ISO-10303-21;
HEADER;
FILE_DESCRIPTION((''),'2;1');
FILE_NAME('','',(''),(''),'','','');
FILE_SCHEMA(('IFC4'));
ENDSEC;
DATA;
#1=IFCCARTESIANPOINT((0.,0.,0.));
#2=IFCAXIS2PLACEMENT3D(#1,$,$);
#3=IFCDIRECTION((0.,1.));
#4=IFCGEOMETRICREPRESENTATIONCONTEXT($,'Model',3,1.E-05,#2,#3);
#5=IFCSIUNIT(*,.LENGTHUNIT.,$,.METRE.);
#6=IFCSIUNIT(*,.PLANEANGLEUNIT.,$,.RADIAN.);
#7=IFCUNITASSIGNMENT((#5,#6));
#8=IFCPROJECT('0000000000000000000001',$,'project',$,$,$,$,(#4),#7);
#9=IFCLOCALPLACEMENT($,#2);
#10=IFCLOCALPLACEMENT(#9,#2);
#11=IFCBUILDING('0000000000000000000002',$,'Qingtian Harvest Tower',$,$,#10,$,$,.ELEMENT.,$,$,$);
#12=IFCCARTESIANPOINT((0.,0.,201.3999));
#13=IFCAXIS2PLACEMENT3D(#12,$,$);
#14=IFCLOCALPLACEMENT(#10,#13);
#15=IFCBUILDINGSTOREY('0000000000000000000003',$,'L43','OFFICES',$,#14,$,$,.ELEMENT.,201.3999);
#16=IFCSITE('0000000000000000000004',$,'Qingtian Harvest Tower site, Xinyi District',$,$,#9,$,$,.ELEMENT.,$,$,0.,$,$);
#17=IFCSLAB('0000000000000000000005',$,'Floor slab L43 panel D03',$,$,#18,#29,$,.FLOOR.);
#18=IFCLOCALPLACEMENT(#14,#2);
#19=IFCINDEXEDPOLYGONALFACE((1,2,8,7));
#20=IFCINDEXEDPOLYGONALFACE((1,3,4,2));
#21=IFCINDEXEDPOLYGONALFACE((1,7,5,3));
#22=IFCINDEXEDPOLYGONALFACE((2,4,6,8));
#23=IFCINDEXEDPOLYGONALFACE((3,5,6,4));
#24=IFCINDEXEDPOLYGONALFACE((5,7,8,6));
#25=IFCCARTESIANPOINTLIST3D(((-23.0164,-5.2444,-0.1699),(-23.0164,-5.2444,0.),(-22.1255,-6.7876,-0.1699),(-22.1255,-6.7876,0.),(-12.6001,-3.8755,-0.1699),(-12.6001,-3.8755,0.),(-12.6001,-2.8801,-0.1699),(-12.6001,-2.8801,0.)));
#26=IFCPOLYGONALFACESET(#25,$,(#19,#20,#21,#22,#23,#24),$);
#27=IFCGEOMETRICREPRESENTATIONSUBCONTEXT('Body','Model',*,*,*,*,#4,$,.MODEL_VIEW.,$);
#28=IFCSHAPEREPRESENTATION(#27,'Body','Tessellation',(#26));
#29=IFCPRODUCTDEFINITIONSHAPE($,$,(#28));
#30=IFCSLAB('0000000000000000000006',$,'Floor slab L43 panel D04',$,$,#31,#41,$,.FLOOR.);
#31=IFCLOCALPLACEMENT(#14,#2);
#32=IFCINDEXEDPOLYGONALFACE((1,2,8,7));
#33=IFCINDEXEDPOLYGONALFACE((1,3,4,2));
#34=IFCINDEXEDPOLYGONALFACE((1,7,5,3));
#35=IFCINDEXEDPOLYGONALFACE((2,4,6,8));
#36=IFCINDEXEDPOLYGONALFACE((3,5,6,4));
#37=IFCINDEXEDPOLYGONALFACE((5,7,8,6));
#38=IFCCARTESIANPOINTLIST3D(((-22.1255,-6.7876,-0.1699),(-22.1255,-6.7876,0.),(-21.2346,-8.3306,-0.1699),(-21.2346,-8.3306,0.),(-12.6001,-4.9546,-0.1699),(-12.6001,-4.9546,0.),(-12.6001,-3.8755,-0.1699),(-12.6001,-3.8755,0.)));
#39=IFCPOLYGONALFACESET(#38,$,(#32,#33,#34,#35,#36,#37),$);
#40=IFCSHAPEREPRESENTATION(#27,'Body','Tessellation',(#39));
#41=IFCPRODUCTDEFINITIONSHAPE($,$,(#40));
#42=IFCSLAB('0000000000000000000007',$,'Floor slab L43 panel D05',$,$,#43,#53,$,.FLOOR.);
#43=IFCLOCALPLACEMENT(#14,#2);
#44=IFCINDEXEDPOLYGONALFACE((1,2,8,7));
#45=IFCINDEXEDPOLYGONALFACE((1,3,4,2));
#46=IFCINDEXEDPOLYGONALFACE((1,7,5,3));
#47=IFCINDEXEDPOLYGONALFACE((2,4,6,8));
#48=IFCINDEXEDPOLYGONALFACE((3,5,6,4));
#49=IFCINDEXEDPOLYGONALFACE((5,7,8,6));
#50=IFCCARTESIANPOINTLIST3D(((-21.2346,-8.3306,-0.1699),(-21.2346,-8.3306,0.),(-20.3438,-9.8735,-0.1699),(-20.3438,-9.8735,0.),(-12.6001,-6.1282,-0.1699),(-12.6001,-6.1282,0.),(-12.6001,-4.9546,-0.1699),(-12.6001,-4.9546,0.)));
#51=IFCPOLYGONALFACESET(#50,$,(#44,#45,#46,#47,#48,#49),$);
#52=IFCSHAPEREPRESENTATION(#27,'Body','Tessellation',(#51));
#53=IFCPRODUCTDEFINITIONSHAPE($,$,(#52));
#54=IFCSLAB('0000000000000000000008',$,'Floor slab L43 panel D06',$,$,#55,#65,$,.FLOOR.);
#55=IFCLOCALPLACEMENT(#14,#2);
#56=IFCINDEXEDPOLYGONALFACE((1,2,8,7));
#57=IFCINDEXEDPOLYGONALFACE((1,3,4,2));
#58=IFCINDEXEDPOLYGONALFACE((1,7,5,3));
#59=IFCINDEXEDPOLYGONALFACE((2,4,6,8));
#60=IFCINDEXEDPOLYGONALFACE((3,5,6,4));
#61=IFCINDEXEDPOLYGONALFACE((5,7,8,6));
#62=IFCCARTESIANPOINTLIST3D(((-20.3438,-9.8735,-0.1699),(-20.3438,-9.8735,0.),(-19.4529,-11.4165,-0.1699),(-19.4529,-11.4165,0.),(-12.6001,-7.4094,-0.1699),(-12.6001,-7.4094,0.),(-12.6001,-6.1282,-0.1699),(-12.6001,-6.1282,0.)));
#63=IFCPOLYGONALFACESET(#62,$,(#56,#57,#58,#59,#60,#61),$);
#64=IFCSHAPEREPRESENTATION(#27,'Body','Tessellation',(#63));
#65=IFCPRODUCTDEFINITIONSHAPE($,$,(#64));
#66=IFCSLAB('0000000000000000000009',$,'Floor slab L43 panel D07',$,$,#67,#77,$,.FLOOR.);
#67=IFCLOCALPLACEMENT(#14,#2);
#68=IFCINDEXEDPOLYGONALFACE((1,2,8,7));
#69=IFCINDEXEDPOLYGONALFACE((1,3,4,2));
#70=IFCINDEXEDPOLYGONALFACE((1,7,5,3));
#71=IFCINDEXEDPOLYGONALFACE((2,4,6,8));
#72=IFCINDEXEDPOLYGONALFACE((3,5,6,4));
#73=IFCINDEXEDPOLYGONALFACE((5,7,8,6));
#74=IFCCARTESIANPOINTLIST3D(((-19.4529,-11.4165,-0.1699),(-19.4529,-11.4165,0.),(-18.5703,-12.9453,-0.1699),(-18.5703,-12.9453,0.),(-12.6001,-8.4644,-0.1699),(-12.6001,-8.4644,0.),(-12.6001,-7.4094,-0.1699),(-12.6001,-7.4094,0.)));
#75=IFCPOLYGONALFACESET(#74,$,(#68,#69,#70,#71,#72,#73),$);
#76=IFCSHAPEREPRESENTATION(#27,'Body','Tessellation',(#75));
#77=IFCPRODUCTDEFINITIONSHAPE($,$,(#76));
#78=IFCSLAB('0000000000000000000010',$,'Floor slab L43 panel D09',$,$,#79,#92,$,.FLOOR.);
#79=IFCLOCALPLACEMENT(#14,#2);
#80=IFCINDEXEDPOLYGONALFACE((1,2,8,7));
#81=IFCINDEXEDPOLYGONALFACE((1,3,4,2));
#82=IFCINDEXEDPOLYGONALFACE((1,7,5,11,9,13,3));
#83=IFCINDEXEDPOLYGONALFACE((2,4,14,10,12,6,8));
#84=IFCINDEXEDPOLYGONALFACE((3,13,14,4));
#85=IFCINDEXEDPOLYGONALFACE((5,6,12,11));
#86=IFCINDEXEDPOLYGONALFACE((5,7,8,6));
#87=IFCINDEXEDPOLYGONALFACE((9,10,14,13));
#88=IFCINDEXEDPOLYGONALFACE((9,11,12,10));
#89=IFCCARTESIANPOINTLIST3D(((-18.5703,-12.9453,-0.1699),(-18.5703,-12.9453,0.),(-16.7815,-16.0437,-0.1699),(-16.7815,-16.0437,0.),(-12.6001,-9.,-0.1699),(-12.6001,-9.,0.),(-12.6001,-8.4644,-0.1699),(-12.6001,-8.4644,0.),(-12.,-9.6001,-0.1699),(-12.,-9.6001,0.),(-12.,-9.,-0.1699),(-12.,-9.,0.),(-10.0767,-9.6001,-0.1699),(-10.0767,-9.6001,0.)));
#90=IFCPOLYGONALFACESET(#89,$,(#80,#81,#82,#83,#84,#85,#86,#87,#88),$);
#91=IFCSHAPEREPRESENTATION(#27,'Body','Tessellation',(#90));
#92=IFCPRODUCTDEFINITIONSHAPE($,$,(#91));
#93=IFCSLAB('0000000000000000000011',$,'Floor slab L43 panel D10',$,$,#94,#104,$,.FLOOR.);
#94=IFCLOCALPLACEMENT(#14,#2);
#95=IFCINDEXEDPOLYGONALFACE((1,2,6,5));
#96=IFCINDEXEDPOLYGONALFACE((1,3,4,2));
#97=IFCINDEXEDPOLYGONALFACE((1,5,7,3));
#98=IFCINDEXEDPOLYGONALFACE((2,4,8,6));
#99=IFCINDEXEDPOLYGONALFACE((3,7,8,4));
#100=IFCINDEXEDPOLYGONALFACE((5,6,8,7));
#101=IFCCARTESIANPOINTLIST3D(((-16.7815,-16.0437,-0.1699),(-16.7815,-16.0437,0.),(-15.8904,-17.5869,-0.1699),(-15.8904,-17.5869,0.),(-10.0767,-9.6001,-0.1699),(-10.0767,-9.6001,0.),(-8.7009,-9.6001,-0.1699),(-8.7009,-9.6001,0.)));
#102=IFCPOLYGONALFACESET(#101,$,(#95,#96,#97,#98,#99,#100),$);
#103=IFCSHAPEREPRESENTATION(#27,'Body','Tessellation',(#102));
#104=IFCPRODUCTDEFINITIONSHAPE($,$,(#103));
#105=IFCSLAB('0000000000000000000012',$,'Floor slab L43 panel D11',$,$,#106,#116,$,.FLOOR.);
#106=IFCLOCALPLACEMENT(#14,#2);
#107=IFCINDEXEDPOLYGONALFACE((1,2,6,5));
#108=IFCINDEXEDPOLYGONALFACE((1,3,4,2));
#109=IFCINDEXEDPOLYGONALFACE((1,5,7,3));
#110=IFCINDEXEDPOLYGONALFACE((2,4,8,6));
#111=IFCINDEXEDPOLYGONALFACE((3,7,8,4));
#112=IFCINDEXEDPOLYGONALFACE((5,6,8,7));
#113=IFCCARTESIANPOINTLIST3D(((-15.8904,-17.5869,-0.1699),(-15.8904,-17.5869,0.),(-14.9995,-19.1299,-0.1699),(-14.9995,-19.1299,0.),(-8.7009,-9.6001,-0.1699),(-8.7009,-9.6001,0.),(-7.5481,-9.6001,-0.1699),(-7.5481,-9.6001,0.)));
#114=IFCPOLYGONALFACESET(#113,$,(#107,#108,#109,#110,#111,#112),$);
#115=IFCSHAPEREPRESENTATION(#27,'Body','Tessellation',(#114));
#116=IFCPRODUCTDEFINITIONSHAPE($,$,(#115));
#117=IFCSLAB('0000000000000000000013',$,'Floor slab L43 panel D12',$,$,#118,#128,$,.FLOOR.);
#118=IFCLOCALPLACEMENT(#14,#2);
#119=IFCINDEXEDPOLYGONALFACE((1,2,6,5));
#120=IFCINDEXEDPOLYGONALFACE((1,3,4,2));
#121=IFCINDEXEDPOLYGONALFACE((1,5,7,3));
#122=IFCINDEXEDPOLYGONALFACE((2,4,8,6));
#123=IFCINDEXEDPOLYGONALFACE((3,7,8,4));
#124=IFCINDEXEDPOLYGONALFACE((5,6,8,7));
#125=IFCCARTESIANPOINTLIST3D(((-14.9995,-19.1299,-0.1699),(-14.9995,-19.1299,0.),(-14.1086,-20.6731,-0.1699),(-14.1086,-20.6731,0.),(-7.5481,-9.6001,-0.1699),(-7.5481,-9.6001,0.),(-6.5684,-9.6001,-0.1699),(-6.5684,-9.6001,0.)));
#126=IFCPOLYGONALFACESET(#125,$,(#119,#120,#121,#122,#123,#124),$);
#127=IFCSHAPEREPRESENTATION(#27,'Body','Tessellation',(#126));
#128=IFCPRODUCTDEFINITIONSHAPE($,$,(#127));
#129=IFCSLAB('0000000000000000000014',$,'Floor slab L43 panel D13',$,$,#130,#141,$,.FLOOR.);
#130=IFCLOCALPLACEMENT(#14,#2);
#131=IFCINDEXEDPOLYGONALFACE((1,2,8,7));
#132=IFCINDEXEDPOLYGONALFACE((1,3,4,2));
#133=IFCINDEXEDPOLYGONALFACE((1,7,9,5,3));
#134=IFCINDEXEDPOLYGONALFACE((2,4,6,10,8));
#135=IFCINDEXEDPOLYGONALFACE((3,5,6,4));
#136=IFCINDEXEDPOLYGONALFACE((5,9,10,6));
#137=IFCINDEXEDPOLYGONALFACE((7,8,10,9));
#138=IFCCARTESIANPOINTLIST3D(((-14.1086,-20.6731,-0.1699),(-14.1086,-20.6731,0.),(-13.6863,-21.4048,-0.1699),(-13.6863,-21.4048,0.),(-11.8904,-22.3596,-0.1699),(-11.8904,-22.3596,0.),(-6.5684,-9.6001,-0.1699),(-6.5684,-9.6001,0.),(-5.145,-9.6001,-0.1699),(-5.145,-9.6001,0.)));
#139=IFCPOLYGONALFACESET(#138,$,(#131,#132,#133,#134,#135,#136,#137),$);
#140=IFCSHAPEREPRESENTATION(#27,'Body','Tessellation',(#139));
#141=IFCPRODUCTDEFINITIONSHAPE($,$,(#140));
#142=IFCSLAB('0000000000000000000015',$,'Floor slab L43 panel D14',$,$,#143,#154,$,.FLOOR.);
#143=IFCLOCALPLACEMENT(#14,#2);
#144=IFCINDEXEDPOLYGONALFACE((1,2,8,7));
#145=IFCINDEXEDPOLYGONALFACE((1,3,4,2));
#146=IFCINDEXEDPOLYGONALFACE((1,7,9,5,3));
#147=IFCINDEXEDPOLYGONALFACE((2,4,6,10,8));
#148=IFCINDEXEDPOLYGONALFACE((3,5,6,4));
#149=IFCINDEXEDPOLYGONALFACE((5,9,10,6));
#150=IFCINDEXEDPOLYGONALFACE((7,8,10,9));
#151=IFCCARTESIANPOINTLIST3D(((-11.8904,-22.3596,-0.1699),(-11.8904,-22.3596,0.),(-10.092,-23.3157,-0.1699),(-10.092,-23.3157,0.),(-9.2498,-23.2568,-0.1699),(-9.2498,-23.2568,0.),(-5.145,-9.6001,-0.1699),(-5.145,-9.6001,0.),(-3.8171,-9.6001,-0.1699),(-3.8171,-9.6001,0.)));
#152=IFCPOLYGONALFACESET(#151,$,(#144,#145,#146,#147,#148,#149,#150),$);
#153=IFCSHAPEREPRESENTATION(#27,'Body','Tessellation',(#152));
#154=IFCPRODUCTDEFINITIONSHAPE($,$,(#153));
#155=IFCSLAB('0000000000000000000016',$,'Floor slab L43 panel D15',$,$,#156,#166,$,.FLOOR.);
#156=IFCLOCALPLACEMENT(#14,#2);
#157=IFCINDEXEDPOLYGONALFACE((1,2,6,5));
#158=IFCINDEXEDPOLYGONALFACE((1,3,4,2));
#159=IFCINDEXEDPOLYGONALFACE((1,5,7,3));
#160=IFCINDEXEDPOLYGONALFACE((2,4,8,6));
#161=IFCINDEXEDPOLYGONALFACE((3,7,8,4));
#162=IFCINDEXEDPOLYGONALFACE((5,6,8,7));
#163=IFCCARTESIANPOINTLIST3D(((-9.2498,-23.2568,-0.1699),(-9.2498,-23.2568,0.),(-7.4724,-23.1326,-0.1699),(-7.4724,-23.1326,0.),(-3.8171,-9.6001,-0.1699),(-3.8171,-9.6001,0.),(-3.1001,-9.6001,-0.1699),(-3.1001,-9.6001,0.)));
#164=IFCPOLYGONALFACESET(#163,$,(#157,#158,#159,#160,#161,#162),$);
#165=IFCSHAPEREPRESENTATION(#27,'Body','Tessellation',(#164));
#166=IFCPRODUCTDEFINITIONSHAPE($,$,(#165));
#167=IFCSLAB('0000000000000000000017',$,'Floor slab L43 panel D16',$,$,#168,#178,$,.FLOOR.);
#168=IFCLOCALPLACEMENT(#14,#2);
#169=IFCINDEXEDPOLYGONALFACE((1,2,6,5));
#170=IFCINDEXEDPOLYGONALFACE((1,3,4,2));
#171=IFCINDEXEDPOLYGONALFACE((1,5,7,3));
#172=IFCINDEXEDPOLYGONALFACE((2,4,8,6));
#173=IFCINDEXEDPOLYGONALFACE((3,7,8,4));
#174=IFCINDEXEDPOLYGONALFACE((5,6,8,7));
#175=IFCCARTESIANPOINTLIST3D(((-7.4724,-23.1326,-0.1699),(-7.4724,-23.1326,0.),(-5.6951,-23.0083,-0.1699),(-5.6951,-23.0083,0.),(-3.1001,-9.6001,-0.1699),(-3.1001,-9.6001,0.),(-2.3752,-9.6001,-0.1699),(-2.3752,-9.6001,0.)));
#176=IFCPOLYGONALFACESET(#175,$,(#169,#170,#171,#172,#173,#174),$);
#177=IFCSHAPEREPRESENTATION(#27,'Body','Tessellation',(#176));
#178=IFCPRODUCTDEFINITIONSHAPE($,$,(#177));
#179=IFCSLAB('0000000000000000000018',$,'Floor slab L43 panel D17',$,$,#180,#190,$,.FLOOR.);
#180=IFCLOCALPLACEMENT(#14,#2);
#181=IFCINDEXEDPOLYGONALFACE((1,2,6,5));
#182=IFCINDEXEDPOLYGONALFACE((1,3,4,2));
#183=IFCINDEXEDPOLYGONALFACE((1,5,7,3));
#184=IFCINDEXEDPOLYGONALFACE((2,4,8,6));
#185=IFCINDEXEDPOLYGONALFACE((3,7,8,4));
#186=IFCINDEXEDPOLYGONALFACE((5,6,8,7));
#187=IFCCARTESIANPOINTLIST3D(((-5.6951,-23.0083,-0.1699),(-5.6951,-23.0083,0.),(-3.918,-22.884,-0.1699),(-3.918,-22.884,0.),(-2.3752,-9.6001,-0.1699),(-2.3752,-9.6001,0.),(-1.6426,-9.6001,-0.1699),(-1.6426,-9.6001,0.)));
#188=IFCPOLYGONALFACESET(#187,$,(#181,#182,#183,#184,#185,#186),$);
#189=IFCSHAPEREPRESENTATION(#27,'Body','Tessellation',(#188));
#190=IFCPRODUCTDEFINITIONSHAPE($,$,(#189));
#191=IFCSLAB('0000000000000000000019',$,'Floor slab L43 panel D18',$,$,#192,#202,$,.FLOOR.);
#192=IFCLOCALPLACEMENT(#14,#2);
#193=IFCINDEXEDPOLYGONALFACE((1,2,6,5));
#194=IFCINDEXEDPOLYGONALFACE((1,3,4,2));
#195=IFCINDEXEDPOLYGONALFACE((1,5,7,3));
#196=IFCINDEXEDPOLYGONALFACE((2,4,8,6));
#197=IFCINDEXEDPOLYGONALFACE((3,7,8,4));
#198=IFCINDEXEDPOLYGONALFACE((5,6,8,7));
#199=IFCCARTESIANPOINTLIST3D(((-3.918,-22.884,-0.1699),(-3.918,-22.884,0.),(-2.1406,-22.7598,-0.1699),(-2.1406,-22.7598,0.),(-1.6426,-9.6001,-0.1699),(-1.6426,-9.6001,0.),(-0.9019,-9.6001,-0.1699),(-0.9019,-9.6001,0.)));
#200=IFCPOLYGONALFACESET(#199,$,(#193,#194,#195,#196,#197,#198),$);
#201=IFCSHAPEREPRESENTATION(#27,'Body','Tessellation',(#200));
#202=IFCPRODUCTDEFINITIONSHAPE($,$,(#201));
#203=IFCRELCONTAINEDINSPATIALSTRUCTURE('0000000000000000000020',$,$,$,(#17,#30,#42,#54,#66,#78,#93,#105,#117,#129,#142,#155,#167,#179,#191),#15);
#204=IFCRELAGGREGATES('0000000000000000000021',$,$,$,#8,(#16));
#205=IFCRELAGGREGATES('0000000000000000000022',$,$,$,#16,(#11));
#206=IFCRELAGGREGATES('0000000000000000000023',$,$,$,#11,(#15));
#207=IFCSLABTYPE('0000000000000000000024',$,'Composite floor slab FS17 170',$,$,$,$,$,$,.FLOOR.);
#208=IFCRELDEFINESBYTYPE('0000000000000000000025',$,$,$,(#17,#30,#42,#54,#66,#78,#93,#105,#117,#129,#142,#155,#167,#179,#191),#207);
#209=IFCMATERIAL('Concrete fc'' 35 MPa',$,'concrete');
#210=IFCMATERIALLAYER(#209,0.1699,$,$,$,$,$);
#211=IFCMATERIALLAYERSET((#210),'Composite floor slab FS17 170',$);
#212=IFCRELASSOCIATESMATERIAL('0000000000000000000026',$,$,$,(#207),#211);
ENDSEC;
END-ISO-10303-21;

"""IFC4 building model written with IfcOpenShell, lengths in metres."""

from ifc_helpers import new_model, si_unit, direction, frame, origin, place, context, subcontext, project, spatial, polyline, outline, extrude, material, layer, layer_set, type_object, element, save


model = new_model("IFC4")

# Units and contexts
model_context = context("Model", 3, precision=1e-05, world=origin(), true_north=direction((0.0, 1.0)))
body_context = subcontext(model_context, "Body", "Model", "MODEL_VIEW")
ifc_project = project(units=[si_unit("LENGTHUNIT", "METRE"), si_unit("PLANEANGLEUNIT", "RADIAN")], contexts=[model_context])

# Site, building, storey
site_placement = place(None, origin())
site = spatial("IfcSite", under=ifc_project, at=site_placement, Name="Qingtian Harvest Tower site, Xinyi District", CompositionType="ELEMENT", RefElevation=0.0)
building_placement = place(site_placement, origin())
building = spatial("IfcBuilding", under=site, at=building_placement, Name="Qingtian Harvest Tower", CompositionType="ELEMENT")
storey_placement = place(building_placement, frame((0.0, 0.0, 201.3999)))
storey = spatial("IfcBuildingStorey", under=building, at=storey_placement, Name="L43", Description="OFFICES", CompositionType="ELEMENT", Elevation=201.3999)

# Slabs
ifc_material = material(Name="Concrete fc' 35 MPa", Category="concrete")
ifc_layer = layer(ifc_material, 0.1699)
ifc_layer_set = layer_set([ifc_layer], Name="Composite floor slab FS17 170")
slab_type = type_object("IfcSlabType", Name="Composite floor slab FS17 170", PredefinedType="FLOOR", material=ifc_layer_set)
slab_1_placement = place(storey_placement, frame((0.0, 0.0, -0.1699)))
element("IfcSlab", 1, at=slab_1_placement, inside=storey, type_object=slab_type, Name="Floor slab L43 panel D03", PredefinedType="FLOOR", context=body_context, shape_type="SweptSolid", body=[
    extrude(outline(polyline([(-12.6001, -3.8755), (-22.1255, -6.7876), (-23.0164, -5.2444), (-12.6001, -2.8801), (-12.6001, -3.8755)])), origin(), (0.0, 0.0, 1.0), 0.1699),
])
slab_2_placement = place(storey_placement, frame((0.0, 0.0, -0.1699)))
element("IfcSlab", 2, at=slab_2_placement, inside=storey, type_object=slab_type, Name="Floor slab L43 panel D04", PredefinedType="FLOOR", context=body_context, shape_type="SweptSolid", body=[
    extrude(outline(polyline([(-12.6001, -4.9546), (-21.2346, -8.3306), (-22.1255, -6.7876), (-12.6001, -3.8755), (-12.6001, -4.9546)])), origin(), (0.0, 0.0, 1.0), 0.1699),
])
slab_3_placement = place(storey_placement, frame((0.0, 0.0, -0.1699)))
element("IfcSlab", 3, at=slab_3_placement, inside=storey, type_object=slab_type, Name="Floor slab L43 panel D05", PredefinedType="FLOOR", context=body_context, shape_type="SweptSolid", body=[
    extrude(outline(polyline([(-12.6001, -6.1282), (-20.3438, -9.8735), (-21.2346, -8.3306), (-12.6001, -4.9546), (-12.6001, -6.1282)])), origin(), (0.0, 0.0, 1.0), 0.1699),
])
slab_4_placement = place(storey_placement, frame((0.0, 0.0, -0.1699)))
element("IfcSlab", 4, at=slab_4_placement, inside=storey, type_object=slab_type, Name="Floor slab L43 panel D06", PredefinedType="FLOOR", context=body_context, shape_type="SweptSolid", body=[
    extrude(outline(polyline([(-12.6001, -7.4094), (-19.4529, -11.4165), (-20.3438, -9.8735), (-12.6001, -6.1282), (-12.6001, -7.4094)])), origin(), (0.0, 0.0, 1.0), 0.1699),
])
slab_5_placement = place(storey_placement, frame((0.0, 0.0, -0.1699)))
element("IfcSlab", 5, at=slab_5_placement, inside=storey, type_object=slab_type, Name="Floor slab L43 panel D07", PredefinedType="FLOOR", context=body_context, shape_type="SweptSolid", body=[
    extrude(outline(polyline([(-12.6001, -8.4644), (-18.5703, -12.9453), (-19.4529, -11.4165), (-12.6001, -7.4094), (-12.6001, -8.4644)])), origin(), (0.0, 0.0, 1.0), 0.1699),
])
slab_6_placement = place(storey_placement, frame((0.0, 0.0, -0.1699)))
element("IfcSlab", 6, at=slab_6_placement, inside=storey, type_object=slab_type, Name="Floor slab L43 panel D09", PredefinedType="FLOOR", context=body_context, shape_type="SweptSolid", body=[
    extrude(outline(polyline([(-16.7815, -16.0437), (-18.5703, -12.9453), (-12.6001, -8.4644), (-12.6001, -9.0), (-12.0, -9.0), (-12.0, -9.6001), (-10.0767, -9.6001), (-16.7815, -16.0437)])), origin(), (0.0, 0.0, 1.0), 0.1699),
])
slab_7_placement = place(storey_placement, frame((0.0, 0.0, -0.1699)))
element("IfcSlab", 7, at=slab_7_placement, inside=storey, type_object=slab_type, Name="Floor slab L43 panel D10", PredefinedType="FLOOR", context=body_context, shape_type="SweptSolid", body=[
    extrude(outline(polyline([(-8.7009, -9.6001), (-15.8904, -17.5869), (-16.7815, -16.0437), (-10.0767, -9.6001), (-8.7009, -9.6001)])), origin(), (0.0, 0.0, 1.0), 0.1699),
])
slab_8_placement = place(storey_placement, frame((0.0, 0.0, -0.1699)))
element("IfcSlab", 8, at=slab_8_placement, inside=storey, type_object=slab_type, Name="Floor slab L43 panel D11", PredefinedType="FLOOR", context=body_context, shape_type="SweptSolid", body=[
    extrude(outline(polyline([(-7.5481, -9.6001), (-14.9995, -19.1299), (-15.8904, -17.5869), (-8.7009, -9.6001), (-7.5481, -9.6001)])), origin(), (0.0, 0.0, 1.0), 0.1699),
])
slab_9_placement = place(storey_placement, frame((0.0, 0.0, -0.1699)))
element("IfcSlab", 9, at=slab_9_placement, inside=storey, type_object=slab_type, Name="Floor slab L43 panel D12", PredefinedType="FLOOR", context=body_context, shape_type="SweptSolid", body=[
    extrude(outline(polyline([(-6.5684, -9.6001), (-14.1086, -20.6731), (-14.9995, -19.1299), (-7.5481, -9.6001), (-6.5684, -9.6001)])), origin(), (0.0, 0.0, 1.0), 0.1699),
])
slab_10_placement = place(storey_placement, frame((0.0, 0.0, -0.1699)))
element("IfcSlab", 10, at=slab_10_placement, inside=storey, type_object=slab_type, Name="Floor slab L43 panel D13", PredefinedType="FLOOR", context=body_context, shape_type="SweptSolid", body=[
    extrude(outline(polyline([(-6.5684, -9.6001), (-5.145, -9.6001), (-11.8904, -22.3596), (-13.6863, -21.4048), (-14.1086, -20.6731), (-6.5684, -9.6001)])), origin(), (0.0, 0.0, 1.0), 0.1699),
])
slab_11_placement = place(storey_placement, frame((0.0, 0.0, -0.1699)))
element("IfcSlab", 11, at=slab_11_placement, inside=storey, type_object=slab_type, Name="Floor slab L43 panel D14", PredefinedType="FLOOR", context=body_context, shape_type="SweptSolid", body=[
    extrude(outline(polyline([(-5.145, -9.6001), (-3.8171, -9.6001), (-9.2498, -23.2568), (-10.092, -23.3157), (-11.8904, -22.3596), (-5.145, -9.6001)])), origin(), (0.0, 0.0, 1.0), 0.1699),
])
slab_12_placement = place(storey_placement, frame((0.0, 0.0, -0.1699)))
element("IfcSlab", 12, at=slab_12_placement, inside=storey, type_object=slab_type, Name="Floor slab L43 panel D15", PredefinedType="FLOOR", context=body_context, shape_type="SweptSolid", body=[
    extrude(outline(polyline([(-3.1001, -9.6001), (-7.4724, -23.1326), (-9.2498, -23.2568), (-3.8171, -9.6001), (-3.1001, -9.6001)])), origin(), (0.0, 0.0, 1.0), 0.1699),
])
slab_13_placement = place(storey_placement, frame((0.0, 0.0, -0.1699)))
element("IfcSlab", 13, at=slab_13_placement, inside=storey, type_object=slab_type, Name="Floor slab L43 panel D16", PredefinedType="FLOOR", context=body_context, shape_type="SweptSolid", body=[
    extrude(outline(polyline([(-2.3752, -9.6001), (-5.6951, -23.0083), (-7.4724, -23.1326), (-3.1001, -9.6001), (-2.3752, -9.6001)])), origin(), (0.0, 0.0, 1.0), 0.1699),
])
slab_14_placement = place(storey_placement, frame((0.0, 0.0, -0.1699)))
element("IfcSlab", 14, at=slab_14_placement, inside=storey, type_object=slab_type, Name="Floor slab L43 panel D17", PredefinedType="FLOOR", context=body_context, shape_type="SweptSolid", body=[
    extrude(outline(polyline([(-1.6426, -9.6001), (-3.918, -22.884), (-5.6951, -23.0083), (-2.3752, -9.6001), (-1.6426, -9.6001)])), origin(), (0.0, 0.0, 1.0), 0.1699),
])
slab_15_placement = place(storey_placement, frame((0.0, 0.0, -0.1699)))
element("IfcSlab", 15, at=slab_15_placement, inside=storey, type_object=slab_type, Name="Floor slab L43 panel D18", PredefinedType="FLOOR", context=body_context, shape_type="SweptSolid", body=[
    extrude(outline(polyline([(-0.9019, -9.6001), (-2.1406, -22.7598), (-3.918, -22.884), (-1.6426, -9.6001), (-0.9019, -9.6001)])), origin(), (0.0, 0.0, 1.0), 0.1699),
])

save(model, "model.ifc")
